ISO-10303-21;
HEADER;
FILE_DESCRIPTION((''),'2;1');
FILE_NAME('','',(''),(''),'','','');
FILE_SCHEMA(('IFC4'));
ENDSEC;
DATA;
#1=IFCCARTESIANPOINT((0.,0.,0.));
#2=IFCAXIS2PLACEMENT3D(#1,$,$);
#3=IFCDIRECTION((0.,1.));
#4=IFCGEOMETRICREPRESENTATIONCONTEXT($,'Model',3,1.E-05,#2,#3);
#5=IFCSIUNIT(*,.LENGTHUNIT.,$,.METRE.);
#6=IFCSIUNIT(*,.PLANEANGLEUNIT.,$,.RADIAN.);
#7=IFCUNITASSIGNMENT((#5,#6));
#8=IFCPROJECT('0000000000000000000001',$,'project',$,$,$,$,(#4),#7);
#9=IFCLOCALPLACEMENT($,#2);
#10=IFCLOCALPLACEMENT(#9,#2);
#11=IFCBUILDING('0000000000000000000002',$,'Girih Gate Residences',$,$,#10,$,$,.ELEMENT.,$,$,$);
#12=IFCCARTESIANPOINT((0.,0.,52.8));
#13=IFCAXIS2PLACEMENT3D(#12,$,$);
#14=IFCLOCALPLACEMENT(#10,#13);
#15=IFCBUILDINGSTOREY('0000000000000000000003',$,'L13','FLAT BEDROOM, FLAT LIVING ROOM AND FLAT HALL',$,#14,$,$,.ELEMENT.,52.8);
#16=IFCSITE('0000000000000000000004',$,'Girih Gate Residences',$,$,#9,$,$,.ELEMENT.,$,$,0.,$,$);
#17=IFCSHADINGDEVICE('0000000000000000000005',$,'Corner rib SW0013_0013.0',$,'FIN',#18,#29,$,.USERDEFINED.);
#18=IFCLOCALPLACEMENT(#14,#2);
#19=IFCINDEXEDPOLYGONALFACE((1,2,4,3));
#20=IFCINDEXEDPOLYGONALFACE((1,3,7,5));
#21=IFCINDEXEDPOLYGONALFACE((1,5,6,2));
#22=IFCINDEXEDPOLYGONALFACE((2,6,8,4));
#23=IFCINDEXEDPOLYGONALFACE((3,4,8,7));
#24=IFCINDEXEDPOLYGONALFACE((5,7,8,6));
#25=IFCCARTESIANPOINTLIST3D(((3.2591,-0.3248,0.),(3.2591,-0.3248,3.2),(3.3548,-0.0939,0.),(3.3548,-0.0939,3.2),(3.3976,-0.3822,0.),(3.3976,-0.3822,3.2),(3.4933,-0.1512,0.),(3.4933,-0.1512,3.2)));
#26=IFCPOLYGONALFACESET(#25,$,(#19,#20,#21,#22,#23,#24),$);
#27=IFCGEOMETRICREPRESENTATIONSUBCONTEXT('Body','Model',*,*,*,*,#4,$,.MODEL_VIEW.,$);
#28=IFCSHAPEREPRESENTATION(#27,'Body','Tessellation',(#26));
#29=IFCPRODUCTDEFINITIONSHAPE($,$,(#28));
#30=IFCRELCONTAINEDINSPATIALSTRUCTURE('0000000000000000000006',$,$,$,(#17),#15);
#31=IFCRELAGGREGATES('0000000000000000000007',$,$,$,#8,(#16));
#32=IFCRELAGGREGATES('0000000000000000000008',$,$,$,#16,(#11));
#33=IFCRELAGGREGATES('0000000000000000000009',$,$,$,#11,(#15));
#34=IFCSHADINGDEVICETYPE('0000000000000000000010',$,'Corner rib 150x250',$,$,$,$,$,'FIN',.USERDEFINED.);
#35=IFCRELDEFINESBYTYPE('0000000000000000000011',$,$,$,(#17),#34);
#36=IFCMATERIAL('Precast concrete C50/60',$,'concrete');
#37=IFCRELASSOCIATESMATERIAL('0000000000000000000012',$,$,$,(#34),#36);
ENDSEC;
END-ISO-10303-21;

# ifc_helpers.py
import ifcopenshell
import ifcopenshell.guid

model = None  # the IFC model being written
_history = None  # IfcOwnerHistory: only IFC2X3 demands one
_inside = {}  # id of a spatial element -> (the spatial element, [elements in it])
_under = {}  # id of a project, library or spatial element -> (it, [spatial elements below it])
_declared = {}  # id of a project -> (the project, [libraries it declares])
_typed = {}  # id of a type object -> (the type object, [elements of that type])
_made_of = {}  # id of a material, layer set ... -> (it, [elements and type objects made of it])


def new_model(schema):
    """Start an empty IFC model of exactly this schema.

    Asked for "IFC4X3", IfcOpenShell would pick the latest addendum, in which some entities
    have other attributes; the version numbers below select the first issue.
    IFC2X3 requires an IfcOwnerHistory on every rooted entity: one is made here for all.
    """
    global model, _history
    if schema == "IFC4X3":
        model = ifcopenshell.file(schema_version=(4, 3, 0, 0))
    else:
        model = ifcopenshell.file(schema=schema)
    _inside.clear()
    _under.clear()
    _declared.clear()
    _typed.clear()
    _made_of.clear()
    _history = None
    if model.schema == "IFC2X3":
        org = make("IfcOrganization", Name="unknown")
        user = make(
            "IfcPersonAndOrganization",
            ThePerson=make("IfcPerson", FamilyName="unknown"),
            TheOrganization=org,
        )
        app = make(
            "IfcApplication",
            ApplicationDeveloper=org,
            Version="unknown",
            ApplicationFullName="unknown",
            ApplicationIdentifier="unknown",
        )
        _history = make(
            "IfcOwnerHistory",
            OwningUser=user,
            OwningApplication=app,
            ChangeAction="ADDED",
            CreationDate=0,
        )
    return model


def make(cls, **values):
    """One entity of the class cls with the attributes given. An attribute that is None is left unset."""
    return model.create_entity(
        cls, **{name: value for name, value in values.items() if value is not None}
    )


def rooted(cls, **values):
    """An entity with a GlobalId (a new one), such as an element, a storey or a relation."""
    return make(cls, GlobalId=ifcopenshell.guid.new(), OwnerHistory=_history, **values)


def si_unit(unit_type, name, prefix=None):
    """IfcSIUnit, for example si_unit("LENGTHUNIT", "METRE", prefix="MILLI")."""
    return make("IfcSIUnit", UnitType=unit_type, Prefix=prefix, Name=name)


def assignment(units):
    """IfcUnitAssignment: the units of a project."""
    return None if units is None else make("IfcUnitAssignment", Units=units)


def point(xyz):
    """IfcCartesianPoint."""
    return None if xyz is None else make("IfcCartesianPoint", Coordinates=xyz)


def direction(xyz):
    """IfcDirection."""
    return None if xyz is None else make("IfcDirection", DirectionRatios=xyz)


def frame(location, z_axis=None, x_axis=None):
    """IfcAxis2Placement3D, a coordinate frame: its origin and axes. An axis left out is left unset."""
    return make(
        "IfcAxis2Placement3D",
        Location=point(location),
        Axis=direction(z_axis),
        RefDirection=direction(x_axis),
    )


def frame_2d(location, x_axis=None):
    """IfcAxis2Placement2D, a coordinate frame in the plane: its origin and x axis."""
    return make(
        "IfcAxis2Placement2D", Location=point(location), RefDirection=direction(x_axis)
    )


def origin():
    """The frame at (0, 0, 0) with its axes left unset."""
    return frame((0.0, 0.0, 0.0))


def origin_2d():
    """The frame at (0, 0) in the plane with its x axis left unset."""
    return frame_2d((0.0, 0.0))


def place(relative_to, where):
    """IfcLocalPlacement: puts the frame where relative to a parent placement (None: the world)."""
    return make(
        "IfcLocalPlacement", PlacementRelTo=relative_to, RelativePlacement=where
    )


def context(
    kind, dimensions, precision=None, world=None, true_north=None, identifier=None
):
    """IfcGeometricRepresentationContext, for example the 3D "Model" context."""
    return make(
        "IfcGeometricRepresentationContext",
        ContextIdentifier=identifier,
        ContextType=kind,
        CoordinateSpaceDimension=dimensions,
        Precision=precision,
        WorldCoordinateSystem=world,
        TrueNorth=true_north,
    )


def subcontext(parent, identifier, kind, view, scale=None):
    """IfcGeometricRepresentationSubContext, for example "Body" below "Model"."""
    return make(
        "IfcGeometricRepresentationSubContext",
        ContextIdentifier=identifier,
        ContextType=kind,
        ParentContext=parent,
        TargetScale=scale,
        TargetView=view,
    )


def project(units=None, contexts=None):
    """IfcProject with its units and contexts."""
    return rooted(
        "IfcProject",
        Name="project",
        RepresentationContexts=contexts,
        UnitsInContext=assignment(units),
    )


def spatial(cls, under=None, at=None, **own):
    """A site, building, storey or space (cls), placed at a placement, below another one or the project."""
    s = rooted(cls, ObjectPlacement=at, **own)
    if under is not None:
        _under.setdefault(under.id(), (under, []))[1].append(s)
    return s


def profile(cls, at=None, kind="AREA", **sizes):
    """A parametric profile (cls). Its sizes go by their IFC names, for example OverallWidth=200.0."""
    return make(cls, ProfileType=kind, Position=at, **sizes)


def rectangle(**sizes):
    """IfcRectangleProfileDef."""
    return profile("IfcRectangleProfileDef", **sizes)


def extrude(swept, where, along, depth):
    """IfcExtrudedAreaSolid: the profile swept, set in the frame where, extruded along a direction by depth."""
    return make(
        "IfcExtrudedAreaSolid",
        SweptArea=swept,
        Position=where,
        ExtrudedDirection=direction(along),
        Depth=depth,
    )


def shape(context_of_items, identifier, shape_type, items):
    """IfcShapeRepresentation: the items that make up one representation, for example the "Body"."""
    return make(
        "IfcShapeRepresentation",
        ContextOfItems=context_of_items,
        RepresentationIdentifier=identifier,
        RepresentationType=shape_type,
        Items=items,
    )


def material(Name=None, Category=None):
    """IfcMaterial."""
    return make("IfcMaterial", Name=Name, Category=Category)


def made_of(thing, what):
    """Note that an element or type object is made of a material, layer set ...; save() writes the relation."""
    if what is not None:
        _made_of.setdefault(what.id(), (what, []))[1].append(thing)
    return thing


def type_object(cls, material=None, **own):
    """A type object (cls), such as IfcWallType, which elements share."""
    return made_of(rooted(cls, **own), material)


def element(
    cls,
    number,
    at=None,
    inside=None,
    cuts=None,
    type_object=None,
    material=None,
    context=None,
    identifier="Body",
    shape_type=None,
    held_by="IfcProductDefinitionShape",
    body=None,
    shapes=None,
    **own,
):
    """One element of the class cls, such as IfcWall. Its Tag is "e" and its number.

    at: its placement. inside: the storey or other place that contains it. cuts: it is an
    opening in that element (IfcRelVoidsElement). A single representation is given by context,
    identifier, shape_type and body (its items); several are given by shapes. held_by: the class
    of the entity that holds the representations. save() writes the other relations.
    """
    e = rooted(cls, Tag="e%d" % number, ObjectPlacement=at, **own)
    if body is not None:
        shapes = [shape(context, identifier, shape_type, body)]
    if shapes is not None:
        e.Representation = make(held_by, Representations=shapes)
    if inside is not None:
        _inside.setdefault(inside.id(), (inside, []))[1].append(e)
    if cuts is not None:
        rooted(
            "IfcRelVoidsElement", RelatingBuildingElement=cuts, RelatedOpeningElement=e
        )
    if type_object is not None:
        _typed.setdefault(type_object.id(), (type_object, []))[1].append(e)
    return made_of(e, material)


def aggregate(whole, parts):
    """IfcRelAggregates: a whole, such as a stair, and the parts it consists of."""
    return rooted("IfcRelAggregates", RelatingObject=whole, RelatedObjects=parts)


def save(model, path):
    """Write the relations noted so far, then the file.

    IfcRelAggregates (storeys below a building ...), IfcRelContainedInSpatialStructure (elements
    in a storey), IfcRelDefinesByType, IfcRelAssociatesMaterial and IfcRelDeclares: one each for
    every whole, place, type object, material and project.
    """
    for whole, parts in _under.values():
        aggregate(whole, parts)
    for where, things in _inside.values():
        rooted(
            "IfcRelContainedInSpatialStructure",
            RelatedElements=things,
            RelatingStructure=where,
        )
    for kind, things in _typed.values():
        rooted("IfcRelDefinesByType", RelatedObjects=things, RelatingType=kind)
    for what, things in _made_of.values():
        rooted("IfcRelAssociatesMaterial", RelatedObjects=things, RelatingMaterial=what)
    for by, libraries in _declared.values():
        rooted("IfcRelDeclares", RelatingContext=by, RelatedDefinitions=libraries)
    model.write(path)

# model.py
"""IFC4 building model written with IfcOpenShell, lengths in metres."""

from ifc_helpers import new_model, si_unit, direction, frame, origin, origin_2d, place, context, subcontext, project, spatial, rectangle, extrude, material, type_object, element, save


model = new_model("IFC4")

# Units and contexts
model_context = context("Model", 3, precision=1e-05, world=origin(), true_north=direction((0.0, 1.0)))
body_context = subcontext(model_context, "Body", "Model", "MODEL_VIEW")
ifc_project = project(units=[si_unit("LENGTHUNIT", "METRE"), si_unit("PLANEANGLEUNIT", "RADIAN")], contexts=[model_context])

# Site, building, storey
site_placement = place(None, origin())
site = spatial("IfcSite", under=ifc_project, at=site_placement, Name="Girih Gate Residences", CompositionType="ELEMENT", RefElevation=0.0)
building_placement = place(site_placement, origin())
building = spatial("IfcBuilding", under=site, at=building_placement, Name="Girih Gate Residences", CompositionType="ELEMENT")
storey_placement = place(building_placement, frame((0.0, 0.0, 52.8)))
storey = spatial("IfcBuildingStorey", under=building, at=storey_placement, Name="L13", Description="FLAT BEDROOM, FLAT LIVING ROOM AND FLAT HALL", CompositionType="ELEMENT", Elevation=52.8)

# Shared definitions
ifc_material_1 = material(Name="Precast concrete C50/60", Category="concrete")

# Shading device
shading_device_type = type_object("IfcShadingDeviceType", Name="Corner rib 150x250", ElementType="FIN", PredefinedType="USERDEFINED", material=ifc_material_1)
for number, where, z_axis, x_axis, name in (
    (1, (3.3762, -0.238, 0.0), (0.0, 0.0, 1.0), (0.92388, -0.382683, 0.0), "Corner rib SW0013_0013.0"),
):
    element("IfcShadingDevice", number, at=place(storey_placement, frame(where, z_axis=z_axis, x_axis=x_axis)), inside=storey, type_object=shading_device_type, Name=name, ObjectType="FIN", PredefinedType="USERDEFINED", context=body_context, shape_type="SweptSolid", body=[
        extrude(rectangle(XDim=0.1499, YDim=0.25, at=origin_2d()), origin(), (0.0, 0.0, 1.0), 3.2),
    ])

save(model, "model.ifc")
